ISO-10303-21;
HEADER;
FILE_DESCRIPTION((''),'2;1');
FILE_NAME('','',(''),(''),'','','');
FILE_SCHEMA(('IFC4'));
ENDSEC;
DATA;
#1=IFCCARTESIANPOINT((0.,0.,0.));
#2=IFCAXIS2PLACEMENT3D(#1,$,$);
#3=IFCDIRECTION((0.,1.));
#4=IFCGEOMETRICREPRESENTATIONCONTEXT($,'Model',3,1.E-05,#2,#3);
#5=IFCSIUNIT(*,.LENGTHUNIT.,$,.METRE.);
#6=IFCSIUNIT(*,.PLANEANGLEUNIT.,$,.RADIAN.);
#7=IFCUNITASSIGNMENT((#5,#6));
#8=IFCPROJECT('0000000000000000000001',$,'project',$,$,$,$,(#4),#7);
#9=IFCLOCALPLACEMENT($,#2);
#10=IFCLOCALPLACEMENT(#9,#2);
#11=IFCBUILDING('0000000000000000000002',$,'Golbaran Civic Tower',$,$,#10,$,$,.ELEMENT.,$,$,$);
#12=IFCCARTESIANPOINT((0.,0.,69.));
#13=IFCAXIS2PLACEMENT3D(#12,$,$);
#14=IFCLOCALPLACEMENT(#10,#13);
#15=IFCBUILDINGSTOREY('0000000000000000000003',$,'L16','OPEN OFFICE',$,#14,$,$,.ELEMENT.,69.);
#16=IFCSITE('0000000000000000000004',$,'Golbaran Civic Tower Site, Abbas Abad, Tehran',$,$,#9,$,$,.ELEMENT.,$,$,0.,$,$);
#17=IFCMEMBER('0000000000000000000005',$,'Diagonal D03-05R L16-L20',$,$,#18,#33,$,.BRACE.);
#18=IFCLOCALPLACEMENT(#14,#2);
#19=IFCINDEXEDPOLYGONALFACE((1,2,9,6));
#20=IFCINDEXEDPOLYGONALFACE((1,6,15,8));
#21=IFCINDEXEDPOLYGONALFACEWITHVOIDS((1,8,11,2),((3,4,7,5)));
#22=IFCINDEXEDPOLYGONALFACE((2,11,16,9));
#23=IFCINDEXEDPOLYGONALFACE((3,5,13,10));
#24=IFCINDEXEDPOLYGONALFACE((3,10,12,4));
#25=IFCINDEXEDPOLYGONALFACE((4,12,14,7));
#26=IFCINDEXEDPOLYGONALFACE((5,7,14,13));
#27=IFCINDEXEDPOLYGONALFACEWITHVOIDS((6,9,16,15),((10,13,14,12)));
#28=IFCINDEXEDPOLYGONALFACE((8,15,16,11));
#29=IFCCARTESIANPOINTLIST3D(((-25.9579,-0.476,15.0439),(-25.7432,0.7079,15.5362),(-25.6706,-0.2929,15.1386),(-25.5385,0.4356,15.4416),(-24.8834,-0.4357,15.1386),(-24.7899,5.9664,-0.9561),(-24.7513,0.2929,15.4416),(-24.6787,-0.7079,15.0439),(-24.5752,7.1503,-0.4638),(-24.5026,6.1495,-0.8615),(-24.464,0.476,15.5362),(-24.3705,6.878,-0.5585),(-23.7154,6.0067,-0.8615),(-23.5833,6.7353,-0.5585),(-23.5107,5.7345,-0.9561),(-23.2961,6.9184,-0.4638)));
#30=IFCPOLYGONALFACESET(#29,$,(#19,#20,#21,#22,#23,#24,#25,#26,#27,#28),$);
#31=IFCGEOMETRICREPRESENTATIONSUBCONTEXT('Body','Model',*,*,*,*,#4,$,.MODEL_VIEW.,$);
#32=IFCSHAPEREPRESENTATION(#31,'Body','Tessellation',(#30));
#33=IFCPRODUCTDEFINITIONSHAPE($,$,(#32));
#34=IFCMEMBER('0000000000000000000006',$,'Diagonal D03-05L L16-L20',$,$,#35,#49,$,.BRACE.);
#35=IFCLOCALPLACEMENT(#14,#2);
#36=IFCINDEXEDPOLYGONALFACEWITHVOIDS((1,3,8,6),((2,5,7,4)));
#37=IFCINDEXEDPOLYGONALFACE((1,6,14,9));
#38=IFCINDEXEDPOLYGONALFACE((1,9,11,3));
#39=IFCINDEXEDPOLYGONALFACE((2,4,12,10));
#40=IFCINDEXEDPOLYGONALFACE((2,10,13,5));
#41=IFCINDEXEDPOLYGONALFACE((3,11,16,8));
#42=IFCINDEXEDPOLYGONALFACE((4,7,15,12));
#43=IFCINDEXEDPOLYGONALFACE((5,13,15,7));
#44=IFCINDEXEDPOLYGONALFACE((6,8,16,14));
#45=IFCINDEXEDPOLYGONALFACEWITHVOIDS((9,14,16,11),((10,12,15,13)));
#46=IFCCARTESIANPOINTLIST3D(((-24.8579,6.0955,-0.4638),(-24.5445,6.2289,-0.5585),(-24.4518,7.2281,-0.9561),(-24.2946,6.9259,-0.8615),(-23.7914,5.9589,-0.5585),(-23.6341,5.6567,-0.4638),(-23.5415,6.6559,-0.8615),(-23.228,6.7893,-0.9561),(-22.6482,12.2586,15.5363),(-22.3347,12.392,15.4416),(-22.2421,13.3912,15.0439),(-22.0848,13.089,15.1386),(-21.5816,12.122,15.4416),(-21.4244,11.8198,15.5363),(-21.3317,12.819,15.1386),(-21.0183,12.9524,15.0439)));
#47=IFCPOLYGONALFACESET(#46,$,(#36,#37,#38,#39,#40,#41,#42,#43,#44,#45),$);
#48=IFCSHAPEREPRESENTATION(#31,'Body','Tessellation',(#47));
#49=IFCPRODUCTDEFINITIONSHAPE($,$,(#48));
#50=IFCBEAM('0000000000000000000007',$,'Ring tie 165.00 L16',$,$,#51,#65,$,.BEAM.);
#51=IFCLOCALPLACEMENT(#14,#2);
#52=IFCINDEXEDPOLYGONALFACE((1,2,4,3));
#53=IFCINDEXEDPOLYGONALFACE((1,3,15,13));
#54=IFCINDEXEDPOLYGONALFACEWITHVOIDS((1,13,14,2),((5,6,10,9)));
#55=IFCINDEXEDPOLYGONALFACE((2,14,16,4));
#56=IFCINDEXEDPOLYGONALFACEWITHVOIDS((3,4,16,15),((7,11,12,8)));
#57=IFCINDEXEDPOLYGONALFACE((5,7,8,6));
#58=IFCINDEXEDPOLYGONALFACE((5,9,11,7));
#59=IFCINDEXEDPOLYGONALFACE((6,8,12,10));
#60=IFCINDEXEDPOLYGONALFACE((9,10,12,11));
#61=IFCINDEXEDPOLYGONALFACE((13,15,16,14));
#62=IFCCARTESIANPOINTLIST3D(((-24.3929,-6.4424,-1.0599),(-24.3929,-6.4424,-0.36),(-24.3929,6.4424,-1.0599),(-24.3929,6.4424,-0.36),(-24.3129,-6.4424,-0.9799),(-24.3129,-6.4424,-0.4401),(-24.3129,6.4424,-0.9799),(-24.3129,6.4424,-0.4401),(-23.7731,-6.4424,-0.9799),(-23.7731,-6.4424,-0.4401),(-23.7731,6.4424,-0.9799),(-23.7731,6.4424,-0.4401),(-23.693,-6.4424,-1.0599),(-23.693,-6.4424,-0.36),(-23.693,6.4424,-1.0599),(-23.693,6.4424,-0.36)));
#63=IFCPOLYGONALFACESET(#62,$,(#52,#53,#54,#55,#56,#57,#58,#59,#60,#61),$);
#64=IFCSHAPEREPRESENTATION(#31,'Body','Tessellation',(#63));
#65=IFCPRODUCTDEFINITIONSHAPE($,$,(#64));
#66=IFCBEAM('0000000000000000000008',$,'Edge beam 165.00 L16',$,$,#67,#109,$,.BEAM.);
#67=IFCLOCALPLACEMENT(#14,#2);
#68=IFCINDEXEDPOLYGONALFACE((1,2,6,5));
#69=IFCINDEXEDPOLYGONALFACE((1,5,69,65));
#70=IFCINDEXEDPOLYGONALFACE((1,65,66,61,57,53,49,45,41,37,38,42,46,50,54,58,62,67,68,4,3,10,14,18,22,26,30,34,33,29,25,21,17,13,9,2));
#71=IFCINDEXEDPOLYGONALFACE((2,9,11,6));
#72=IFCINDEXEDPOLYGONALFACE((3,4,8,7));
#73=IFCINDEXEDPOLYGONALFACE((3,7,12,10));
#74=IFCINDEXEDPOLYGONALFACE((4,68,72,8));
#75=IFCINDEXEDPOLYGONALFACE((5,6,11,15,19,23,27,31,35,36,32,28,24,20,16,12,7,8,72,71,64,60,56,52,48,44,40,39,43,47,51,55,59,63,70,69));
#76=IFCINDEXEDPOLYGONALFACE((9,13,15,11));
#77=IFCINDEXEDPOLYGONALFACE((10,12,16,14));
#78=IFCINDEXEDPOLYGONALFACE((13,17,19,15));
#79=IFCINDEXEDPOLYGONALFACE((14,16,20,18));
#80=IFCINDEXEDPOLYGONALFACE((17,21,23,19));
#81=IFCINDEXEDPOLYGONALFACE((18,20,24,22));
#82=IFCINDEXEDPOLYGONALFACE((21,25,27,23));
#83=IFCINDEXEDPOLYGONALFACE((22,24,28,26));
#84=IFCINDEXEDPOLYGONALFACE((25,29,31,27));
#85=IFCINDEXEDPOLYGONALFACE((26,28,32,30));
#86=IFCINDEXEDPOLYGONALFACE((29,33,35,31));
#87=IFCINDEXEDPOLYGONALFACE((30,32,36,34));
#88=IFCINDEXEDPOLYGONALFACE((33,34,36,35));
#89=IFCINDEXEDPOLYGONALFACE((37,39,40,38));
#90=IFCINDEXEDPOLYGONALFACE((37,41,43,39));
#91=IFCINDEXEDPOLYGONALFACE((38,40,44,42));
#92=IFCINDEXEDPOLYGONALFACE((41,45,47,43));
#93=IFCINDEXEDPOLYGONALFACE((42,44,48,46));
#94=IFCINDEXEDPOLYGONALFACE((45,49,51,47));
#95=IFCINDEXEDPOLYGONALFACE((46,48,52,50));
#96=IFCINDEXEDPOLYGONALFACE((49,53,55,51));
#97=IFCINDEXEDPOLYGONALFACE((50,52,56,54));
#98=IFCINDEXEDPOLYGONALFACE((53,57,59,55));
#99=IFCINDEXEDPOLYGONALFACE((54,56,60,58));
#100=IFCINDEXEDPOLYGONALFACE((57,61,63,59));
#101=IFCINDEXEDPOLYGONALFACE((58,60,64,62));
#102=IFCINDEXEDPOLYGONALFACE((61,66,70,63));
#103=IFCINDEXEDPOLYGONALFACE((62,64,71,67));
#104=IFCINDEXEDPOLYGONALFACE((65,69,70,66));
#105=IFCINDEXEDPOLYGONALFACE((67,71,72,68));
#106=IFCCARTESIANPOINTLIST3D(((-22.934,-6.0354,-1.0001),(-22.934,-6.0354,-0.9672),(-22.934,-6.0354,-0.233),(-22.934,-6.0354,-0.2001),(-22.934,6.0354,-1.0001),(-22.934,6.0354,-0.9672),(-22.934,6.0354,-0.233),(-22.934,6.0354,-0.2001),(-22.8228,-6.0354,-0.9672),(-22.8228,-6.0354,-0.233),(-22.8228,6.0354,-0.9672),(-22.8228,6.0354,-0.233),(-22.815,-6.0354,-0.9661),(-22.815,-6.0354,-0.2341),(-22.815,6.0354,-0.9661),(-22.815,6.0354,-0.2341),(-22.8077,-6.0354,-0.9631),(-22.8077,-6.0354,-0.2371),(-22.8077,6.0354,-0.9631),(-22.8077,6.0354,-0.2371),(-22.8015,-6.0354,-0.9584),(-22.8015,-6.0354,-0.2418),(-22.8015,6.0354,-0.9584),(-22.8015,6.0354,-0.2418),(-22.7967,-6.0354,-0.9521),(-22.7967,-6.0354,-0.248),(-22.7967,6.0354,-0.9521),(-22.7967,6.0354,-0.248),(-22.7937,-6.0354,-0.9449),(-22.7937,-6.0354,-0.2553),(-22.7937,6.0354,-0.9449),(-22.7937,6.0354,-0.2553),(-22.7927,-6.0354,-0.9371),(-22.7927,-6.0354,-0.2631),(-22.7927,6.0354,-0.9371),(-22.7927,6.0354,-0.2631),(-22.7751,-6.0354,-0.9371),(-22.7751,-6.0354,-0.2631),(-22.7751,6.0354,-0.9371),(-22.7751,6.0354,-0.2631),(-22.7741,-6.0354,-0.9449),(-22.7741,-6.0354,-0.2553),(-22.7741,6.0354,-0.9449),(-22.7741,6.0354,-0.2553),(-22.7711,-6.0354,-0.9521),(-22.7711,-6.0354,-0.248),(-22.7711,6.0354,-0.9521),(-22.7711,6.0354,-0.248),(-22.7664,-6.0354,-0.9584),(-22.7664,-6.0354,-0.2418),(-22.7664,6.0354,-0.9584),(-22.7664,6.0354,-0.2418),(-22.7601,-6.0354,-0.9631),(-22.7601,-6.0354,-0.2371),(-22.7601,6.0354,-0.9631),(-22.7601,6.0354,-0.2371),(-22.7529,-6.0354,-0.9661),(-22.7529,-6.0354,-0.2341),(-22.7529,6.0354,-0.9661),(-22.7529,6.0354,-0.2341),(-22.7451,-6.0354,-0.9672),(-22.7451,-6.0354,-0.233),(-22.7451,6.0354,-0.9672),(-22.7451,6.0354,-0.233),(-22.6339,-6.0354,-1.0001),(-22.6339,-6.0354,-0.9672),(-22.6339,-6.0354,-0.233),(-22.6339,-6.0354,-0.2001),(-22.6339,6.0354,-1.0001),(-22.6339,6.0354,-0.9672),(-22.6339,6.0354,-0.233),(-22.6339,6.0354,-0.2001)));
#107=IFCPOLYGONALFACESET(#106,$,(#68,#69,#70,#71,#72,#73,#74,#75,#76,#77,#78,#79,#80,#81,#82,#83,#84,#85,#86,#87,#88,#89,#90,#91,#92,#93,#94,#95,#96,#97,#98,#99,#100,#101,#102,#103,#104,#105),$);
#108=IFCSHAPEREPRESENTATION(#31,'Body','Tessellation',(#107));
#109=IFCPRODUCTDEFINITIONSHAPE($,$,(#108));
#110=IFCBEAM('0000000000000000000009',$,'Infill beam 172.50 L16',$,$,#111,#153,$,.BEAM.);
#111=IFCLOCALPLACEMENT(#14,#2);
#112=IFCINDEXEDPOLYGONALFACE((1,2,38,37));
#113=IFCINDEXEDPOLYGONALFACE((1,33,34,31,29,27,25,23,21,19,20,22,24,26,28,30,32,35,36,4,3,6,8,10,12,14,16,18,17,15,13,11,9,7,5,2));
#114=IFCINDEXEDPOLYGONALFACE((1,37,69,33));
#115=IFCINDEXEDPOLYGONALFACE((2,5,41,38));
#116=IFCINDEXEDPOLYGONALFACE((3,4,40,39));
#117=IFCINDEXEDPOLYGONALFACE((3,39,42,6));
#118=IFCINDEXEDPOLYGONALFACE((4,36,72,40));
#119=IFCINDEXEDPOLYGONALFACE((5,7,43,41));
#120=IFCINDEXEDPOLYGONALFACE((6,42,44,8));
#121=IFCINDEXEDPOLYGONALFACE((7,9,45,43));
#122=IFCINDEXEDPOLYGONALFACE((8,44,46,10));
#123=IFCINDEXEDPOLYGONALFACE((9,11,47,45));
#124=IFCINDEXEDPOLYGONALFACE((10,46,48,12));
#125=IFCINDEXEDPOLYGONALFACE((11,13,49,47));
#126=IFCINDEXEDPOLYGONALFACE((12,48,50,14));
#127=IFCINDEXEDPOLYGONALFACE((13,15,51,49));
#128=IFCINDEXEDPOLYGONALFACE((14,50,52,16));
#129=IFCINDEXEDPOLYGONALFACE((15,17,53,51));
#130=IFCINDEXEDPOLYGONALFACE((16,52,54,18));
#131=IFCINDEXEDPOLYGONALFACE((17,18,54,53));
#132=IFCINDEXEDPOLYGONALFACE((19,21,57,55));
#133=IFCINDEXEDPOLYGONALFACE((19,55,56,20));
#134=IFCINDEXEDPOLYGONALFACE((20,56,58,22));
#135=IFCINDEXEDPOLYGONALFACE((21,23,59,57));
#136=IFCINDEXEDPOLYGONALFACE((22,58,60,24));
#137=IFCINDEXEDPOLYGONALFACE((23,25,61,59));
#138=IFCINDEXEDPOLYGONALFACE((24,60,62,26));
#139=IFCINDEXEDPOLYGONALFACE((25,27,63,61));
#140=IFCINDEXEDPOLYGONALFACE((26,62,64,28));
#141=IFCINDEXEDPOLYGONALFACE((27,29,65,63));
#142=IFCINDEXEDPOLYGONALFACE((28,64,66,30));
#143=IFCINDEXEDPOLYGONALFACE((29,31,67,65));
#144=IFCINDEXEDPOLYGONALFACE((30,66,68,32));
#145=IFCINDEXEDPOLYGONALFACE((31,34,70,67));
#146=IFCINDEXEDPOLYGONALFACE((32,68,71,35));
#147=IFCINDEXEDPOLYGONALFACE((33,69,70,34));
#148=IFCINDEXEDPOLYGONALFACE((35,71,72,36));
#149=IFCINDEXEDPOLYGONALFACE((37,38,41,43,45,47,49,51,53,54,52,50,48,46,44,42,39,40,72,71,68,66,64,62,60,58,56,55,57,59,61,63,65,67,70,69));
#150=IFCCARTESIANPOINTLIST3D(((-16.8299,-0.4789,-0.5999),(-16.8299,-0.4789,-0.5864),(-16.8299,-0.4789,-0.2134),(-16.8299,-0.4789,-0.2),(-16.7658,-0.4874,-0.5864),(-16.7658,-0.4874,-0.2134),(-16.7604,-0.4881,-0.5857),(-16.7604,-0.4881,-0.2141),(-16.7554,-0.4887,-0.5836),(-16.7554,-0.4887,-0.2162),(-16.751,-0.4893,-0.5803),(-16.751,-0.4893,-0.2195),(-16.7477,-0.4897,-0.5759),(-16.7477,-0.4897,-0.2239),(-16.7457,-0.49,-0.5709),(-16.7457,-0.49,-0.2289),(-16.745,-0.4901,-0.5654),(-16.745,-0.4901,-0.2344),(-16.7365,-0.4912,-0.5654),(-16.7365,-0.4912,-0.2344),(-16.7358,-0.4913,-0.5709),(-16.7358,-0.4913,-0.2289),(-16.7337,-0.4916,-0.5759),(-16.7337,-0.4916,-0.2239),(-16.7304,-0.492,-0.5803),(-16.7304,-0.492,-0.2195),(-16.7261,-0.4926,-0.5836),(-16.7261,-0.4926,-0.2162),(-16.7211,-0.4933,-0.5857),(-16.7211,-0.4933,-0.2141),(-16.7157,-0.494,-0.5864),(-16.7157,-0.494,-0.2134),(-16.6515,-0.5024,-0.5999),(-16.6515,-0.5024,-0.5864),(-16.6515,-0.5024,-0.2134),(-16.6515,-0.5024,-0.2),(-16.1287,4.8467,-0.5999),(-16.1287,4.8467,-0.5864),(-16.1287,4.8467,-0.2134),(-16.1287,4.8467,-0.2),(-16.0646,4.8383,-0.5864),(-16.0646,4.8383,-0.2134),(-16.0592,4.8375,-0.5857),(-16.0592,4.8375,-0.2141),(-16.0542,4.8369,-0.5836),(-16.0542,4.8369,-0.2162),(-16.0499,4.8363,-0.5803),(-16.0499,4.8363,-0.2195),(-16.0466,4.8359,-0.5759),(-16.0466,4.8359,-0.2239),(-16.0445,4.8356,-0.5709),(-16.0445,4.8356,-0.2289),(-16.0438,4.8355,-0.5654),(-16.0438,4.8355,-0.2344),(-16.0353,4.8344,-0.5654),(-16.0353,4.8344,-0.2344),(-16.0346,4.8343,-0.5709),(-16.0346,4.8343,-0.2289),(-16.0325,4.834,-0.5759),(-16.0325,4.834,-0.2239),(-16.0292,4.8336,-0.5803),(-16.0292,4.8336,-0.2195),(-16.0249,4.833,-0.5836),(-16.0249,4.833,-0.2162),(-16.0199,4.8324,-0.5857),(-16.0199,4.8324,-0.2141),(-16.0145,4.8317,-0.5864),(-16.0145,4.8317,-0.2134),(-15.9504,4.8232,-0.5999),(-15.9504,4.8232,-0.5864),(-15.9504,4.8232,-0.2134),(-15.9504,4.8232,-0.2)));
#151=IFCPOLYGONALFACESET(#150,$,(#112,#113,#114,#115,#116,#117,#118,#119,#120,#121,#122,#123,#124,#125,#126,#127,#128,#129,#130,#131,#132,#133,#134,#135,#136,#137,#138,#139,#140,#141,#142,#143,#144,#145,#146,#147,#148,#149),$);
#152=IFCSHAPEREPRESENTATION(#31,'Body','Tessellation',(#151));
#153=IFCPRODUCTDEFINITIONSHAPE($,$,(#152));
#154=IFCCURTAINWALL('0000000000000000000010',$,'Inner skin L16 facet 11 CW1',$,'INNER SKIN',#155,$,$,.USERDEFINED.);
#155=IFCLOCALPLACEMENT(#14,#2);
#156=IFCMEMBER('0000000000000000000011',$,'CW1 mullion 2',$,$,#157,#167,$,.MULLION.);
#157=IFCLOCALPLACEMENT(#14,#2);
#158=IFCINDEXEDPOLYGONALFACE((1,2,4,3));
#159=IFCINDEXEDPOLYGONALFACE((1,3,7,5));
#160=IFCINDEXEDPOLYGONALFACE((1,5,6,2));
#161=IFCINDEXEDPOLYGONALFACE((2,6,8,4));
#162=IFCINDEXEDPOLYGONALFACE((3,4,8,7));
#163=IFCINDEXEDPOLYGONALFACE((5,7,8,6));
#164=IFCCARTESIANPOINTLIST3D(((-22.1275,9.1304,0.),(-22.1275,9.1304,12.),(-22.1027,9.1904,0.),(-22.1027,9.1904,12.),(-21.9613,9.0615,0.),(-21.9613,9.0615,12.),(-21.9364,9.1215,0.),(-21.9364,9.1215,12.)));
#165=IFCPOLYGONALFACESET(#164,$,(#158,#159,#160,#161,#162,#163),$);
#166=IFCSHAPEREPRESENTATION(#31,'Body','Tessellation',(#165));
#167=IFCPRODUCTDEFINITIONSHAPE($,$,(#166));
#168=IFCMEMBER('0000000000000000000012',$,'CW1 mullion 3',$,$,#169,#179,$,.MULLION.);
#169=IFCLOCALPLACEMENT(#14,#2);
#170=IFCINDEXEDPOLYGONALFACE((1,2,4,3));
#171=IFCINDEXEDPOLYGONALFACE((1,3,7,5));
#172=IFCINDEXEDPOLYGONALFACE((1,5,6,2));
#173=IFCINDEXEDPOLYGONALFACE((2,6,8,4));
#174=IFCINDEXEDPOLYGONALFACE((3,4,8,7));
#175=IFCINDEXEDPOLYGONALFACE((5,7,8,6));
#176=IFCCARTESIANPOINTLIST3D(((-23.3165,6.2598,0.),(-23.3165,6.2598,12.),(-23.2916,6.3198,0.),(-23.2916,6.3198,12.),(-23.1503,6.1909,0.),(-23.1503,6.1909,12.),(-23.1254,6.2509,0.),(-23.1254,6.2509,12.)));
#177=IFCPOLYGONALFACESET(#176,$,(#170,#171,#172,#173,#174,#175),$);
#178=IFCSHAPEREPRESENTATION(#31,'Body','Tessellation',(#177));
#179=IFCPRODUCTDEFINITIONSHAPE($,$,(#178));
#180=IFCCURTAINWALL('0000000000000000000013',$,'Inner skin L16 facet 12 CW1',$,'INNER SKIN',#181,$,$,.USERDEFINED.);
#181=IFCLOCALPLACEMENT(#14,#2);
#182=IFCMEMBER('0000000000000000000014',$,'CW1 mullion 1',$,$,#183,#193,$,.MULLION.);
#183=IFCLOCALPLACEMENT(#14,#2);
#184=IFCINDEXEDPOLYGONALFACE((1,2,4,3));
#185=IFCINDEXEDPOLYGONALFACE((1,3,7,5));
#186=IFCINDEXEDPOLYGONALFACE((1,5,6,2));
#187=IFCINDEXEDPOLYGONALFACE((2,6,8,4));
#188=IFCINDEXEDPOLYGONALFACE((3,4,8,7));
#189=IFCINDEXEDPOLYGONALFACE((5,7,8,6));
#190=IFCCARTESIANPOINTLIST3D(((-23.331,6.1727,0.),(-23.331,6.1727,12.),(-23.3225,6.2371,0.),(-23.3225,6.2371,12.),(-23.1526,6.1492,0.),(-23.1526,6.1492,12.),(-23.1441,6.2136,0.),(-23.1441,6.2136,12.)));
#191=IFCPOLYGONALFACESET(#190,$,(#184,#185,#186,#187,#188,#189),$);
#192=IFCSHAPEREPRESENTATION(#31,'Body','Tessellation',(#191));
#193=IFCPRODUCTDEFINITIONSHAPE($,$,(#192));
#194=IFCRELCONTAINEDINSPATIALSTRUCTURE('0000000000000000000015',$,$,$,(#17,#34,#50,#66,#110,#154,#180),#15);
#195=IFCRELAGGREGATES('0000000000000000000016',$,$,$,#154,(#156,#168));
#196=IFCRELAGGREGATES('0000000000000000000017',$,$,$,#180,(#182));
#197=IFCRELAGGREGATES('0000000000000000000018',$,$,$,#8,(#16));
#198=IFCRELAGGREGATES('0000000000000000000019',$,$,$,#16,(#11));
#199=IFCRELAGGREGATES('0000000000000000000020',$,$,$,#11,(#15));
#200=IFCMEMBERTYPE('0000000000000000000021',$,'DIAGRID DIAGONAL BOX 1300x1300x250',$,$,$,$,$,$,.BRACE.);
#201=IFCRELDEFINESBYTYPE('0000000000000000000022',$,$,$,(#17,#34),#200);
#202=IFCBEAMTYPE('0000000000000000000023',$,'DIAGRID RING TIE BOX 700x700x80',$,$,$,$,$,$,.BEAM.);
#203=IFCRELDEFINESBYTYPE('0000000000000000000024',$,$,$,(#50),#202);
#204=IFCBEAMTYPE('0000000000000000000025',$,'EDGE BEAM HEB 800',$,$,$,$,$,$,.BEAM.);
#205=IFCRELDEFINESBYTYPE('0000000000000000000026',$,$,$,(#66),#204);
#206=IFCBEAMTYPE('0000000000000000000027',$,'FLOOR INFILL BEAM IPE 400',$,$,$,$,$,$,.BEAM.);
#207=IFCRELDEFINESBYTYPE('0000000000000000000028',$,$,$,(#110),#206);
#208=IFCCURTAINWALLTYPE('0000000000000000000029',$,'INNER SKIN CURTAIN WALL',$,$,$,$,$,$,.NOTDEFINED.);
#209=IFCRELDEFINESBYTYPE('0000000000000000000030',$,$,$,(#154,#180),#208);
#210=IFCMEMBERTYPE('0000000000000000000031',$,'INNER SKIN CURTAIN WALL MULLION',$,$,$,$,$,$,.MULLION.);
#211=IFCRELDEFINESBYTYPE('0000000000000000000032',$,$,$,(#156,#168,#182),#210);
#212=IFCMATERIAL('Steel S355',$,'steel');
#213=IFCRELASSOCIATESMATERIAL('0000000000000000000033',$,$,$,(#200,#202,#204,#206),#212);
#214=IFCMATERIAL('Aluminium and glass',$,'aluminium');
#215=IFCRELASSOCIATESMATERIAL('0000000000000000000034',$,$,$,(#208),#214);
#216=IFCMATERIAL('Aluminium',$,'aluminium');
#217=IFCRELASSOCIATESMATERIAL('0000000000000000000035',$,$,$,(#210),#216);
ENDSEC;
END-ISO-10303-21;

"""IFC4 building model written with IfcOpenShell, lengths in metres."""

from ifc_helpers import new_model, si_unit, direction, frame, origin, origin_2d, place, context, subcontext, project, spatial, rectangle, hollow_rectangle, i_section, extrude, material, material_profile, profile_set, type_object, element, aggregate, save


model = new_model("IFC4")

# Units and contexts
model_context = context("Model", 3, precision=1e-05, world=origin(), true_north=direction((0.0, 1.0)))
body_context = subcontext(model_context, "Body", "Model", "MODEL_VIEW")
ifc_project = project(units=[si_unit("LENGTHUNIT", "METRE"), si_unit("PLANEANGLEUNIT", "RADIAN")], contexts=[model_context])

# Site, building, storey
site_placement = place(None, origin())
site = spatial("IfcSite", under=ifc_project, at=site_placement, Name="Golbaran Civic Tower Site, Abbas Abad, Tehran", CompositionType="ELEMENT", RefElevation=0.0)
building_placement = place(site_placement, origin())
building = spatial("IfcBuilding", under=site, at=building_placement, Name="Golbaran Civic Tower", CompositionType="ELEMENT")
storey_placement = place(building_placement, frame((0.0, 0.0, 69.0)))
storey = spatial("IfcBuildingStorey", under=building, at=storey_placement, Name="L16", Description="OPEN OFFICE", CompositionType="ELEMENT", Elevation=69.0)

# Members
ifc_material_1 = material(Name="Steel S355", Category="steel")
ifc_material_profile_1 = material_profile(ifc_material_1, hollow_rectangle(XDim=1.3, YDim=1.3, WallThickness=0.25, at=origin_2d()), Name="BOX 1300x1300x250")
ifc_profile_set_1 = profile_set([ifc_material_profile_1], Name="Steel S355")
member_type_1 = type_object("IfcMemberType", Name="DIAGRID DIAGONAL BOX 1300x1300x250", PredefinedType="BRACE", material=ifc_profile_set_1)
for number, where, z_axis, x_axis, name in (
    (1, (-24.043, 6.4424, -0.71), (-0.06756, -0.372655, 0.925508), (0.98396, -0.178387, 0.0), "Diagonal D03-05R L16-L20"),
    (2, (-24.043, 6.4424, -0.71), (0.12782, 0.3565, 0.925511), (-0.941324, 0.337503, 0.0), "Diagonal D03-05L L16-L20"),
):
    element("IfcMember", number, at=place(storey_placement, frame(where, z_axis=z_axis, x_axis=x_axis)), inside=storey, type_object=member_type_1, Name=name, PredefinedType="BRACE", context=body_context, shape_type="SweptSolid", body=[
        extrude(hollow_rectangle(XDim=1.3, YDim=1.3, WallThickness=0.25, at=origin_2d()), origin(), (0.0, 0.0, 1.0), 17.2878),
    ])

# Beams
ifc_material_profile_2 = material_profile(ifc_material_1, hollow_rectangle(XDim=0.7, YDim=0.7, WallThickness=0.0801, at=origin_2d()), Name="BOX 700x700x80")
ifc_profile_set_2 = profile_set([ifc_material_profile_2], Name="Steel S355")
beam_type_1 = type_object("IfcBeamType", Name="DIAGRID RING TIE BOX 700x700x80", PredefinedType="BEAM", material=ifc_profile_set_2)
beam_1_placement = place(storey_placement, frame((-24.043, 6.4424, -0.71), z_axis=(0.0, -1.0, 0.0), x_axis=(1.0, 0.0, 0.0)))
element("IfcBeam", 3, at=beam_1_placement, inside=storey, type_object=beam_type_1, Name="Ring tie 165.00 L16", PredefinedType="BEAM", context=body_context, shape_type="SweptSolid", body=[
    extrude(hollow_rectangle(XDim=0.7, YDim=0.7, WallThickness=0.0801, at=origin_2d()), origin(), (0.0, 0.0, 1.0), 12.8848),
])
ifc_material_profile_3 = material_profile(ifc_material_1, i_section(OverallWidth=0.3, OverallDepth=0.8, WebThickness=0.0176, FlangeThickness=0.033, FilletRadius=0.03, at=origin_2d()), Name="HEB 800")
ifc_profile_set_3 = profile_set([ifc_material_profile_3], Name="Steel S355")
beam_type_2 = type_object("IfcBeamType", Name="EDGE BEAM HEB 800", PredefinedType="BEAM", material=ifc_profile_set_3)
beam_2_placement = place(storey_placement, frame((-22.7839, 6.0354, -0.6001), z_axis=(0.0, -1.0, 0.0), x_axis=(1.0, 0.0, 0.0)))
element("IfcBeam", 4, at=beam_2_placement, inside=storey, type_object=beam_type_2, Name="Edge beam 165.00 L16", PredefinedType="BEAM", context=body_context, shape_type="SweptSolid", body=[
    extrude(i_section(OverallWidth=0.3, OverallDepth=0.8, WebThickness=0.0176, FlangeThickness=0.033, FilletRadius=0.03, at=origin_2d()), origin(), (0.0, 0.0, 1.0), 12.0708),
])
ifc_material_profile_4 = material_profile(ifc_material_1, i_section(OverallWidth=0.1799, OverallDepth=0.3999, WebThickness=0.0085, FlangeThickness=0.0134, FilletRadius=0.021, at=origin_2d()), Name="IPE 400")
ifc_profile_set_4 = profile_set([ifc_material_profile_4], Name="Steel S355")
beam_type_3 = type_object("IfcBeamType", Name="FLOOR INFILL BEAM IPE 400", PredefinedType="BEAM", material=ifc_profile_set_4)
beam_3_placement = place(storey_placement, frame((-16.0396, 4.835, -0.3999), z_axis=(-0.130532, -0.991444, 0.0), x_axis=(0.991444, -0.130532, 0.0)))
element("IfcBeam", 5, at=beam_3_placement, inside=storey, type_object=beam_type_3, Name="Infill beam 172.50 L16", PredefinedType="BEAM", context=body_context, shape_type="SweptSolid", body=[
    extrude(i_section(OverallWidth=0.1799, OverallDepth=0.3999, WebThickness=0.0085, FlangeThickness=0.0134, FilletRadius=0.021, at=origin_2d()), origin(), (0.0, 0.0, 1.0), 5.3716),
])

# Curtain walls, members
ifc_material_2 = material(Name="Aluminium and glass", Category="aluminium")
curtain_wall_type_1 = type_object("IfcCurtainWallType", Name="INNER SKIN CURTAIN WALL", PredefinedType="NOTDEFINED", material=ifc_material_2)
curtain_wall_1_placement = place(storey_placement, origin())
curtain_wall_1 = element("IfcCurtainWall", 6, at=curtain_wall_1_placement, inside=storey, type_object=curtain_wall_type_1, Name="Inner skin L16 facet 11 CW1", ObjectType="INNER SKIN", PredefinedType="USERDEFINED")
ifc_material_3 = material(Name="Aluminium", Category="aluminium")
ifc_material_profile_5 = material_profile(ifc_material_3, rectangle(XDim=0.1799, YDim=0.0649, at=origin_2d()), Name="INNER SKIN CURTAIN WALL MULLION")
ifc_profile_set_5 = profile_set([ifc_material_profile_5], Name="Aluminium")
member_type_2 = type_object("IfcMemberType", Name="INNER SKIN CURTAIN WALL MULLION", PredefinedType="MULLION", material=ifc_profile_set_5)
member_1_placement = place(storey_placement, frame((-22.032, 9.126, 0.0), z_axis=(0.0, 0.0, 1.0), x_axis=(0.92388, -0.382683, 0.0)))
member_1 = element("IfcMember", 7, at=member_1_placement, type_object=member_type_2, Name="CW1 mullion 2", PredefinedType="MULLION", context=body_context, shape_type="SweptSolid", body=[
    extrude(rectangle(XDim=0.1799, YDim=0.0649, at=origin_2d()), origin(), (0.0, 0.0, 1.0), 12.0),
])
member_2_placement = place(storey_placement, frame((-23.2209, 6.2554, 0.0), z_axis=(0.0, 0.0, 1.0), x_axis=(0.92388, -0.382683, 0.0)))
member_2 = element("IfcMember", 8, at=member_2_placement, type_object=member_type_2, Name="CW1 mullion 3", PredefinedType="MULLION", context=body_context, shape_type="SweptSolid", body=[
    extrude(rectangle(XDim=0.1799, YDim=0.0649, at=origin_2d()), origin(), (0.0, 0.0, 1.0), 12.0),
])
curtain_wall_2_placement = place(storey_placement, origin())
curtain_wall_2 = element("IfcCurtainWall", 9, at=curtain_wall_2_placement, inside=storey, type_object=curtain_wall_type_1, Name="Inner skin L16 facet 12 CW1", ObjectType="INNER SKIN", PredefinedType="USERDEFINED")
member_3_placement = place(storey_placement, frame((-23.2375, 6.1931, 0.0), z_axis=(0.0, 0.0, 1.0), x_axis=(0.991445, -0.130526, 0.0)))
member_3 = element("IfcMember", 10, at=member_3_placement, type_object=member_type_2, Name="CW1 mullion 1", PredefinedType="MULLION", context=body_context, shape_type="SweptSolid", body=[
    extrude(rectangle(XDim=0.1799, YDim=0.0649, at=origin_2d()), origin(), (0.0, 0.0, 1.0), 12.0),
])

aggregate(curtain_wall_1, [member_1, member_2])
aggregate(curtain_wall_2, [member_3])

save(model, "model.ifc")
